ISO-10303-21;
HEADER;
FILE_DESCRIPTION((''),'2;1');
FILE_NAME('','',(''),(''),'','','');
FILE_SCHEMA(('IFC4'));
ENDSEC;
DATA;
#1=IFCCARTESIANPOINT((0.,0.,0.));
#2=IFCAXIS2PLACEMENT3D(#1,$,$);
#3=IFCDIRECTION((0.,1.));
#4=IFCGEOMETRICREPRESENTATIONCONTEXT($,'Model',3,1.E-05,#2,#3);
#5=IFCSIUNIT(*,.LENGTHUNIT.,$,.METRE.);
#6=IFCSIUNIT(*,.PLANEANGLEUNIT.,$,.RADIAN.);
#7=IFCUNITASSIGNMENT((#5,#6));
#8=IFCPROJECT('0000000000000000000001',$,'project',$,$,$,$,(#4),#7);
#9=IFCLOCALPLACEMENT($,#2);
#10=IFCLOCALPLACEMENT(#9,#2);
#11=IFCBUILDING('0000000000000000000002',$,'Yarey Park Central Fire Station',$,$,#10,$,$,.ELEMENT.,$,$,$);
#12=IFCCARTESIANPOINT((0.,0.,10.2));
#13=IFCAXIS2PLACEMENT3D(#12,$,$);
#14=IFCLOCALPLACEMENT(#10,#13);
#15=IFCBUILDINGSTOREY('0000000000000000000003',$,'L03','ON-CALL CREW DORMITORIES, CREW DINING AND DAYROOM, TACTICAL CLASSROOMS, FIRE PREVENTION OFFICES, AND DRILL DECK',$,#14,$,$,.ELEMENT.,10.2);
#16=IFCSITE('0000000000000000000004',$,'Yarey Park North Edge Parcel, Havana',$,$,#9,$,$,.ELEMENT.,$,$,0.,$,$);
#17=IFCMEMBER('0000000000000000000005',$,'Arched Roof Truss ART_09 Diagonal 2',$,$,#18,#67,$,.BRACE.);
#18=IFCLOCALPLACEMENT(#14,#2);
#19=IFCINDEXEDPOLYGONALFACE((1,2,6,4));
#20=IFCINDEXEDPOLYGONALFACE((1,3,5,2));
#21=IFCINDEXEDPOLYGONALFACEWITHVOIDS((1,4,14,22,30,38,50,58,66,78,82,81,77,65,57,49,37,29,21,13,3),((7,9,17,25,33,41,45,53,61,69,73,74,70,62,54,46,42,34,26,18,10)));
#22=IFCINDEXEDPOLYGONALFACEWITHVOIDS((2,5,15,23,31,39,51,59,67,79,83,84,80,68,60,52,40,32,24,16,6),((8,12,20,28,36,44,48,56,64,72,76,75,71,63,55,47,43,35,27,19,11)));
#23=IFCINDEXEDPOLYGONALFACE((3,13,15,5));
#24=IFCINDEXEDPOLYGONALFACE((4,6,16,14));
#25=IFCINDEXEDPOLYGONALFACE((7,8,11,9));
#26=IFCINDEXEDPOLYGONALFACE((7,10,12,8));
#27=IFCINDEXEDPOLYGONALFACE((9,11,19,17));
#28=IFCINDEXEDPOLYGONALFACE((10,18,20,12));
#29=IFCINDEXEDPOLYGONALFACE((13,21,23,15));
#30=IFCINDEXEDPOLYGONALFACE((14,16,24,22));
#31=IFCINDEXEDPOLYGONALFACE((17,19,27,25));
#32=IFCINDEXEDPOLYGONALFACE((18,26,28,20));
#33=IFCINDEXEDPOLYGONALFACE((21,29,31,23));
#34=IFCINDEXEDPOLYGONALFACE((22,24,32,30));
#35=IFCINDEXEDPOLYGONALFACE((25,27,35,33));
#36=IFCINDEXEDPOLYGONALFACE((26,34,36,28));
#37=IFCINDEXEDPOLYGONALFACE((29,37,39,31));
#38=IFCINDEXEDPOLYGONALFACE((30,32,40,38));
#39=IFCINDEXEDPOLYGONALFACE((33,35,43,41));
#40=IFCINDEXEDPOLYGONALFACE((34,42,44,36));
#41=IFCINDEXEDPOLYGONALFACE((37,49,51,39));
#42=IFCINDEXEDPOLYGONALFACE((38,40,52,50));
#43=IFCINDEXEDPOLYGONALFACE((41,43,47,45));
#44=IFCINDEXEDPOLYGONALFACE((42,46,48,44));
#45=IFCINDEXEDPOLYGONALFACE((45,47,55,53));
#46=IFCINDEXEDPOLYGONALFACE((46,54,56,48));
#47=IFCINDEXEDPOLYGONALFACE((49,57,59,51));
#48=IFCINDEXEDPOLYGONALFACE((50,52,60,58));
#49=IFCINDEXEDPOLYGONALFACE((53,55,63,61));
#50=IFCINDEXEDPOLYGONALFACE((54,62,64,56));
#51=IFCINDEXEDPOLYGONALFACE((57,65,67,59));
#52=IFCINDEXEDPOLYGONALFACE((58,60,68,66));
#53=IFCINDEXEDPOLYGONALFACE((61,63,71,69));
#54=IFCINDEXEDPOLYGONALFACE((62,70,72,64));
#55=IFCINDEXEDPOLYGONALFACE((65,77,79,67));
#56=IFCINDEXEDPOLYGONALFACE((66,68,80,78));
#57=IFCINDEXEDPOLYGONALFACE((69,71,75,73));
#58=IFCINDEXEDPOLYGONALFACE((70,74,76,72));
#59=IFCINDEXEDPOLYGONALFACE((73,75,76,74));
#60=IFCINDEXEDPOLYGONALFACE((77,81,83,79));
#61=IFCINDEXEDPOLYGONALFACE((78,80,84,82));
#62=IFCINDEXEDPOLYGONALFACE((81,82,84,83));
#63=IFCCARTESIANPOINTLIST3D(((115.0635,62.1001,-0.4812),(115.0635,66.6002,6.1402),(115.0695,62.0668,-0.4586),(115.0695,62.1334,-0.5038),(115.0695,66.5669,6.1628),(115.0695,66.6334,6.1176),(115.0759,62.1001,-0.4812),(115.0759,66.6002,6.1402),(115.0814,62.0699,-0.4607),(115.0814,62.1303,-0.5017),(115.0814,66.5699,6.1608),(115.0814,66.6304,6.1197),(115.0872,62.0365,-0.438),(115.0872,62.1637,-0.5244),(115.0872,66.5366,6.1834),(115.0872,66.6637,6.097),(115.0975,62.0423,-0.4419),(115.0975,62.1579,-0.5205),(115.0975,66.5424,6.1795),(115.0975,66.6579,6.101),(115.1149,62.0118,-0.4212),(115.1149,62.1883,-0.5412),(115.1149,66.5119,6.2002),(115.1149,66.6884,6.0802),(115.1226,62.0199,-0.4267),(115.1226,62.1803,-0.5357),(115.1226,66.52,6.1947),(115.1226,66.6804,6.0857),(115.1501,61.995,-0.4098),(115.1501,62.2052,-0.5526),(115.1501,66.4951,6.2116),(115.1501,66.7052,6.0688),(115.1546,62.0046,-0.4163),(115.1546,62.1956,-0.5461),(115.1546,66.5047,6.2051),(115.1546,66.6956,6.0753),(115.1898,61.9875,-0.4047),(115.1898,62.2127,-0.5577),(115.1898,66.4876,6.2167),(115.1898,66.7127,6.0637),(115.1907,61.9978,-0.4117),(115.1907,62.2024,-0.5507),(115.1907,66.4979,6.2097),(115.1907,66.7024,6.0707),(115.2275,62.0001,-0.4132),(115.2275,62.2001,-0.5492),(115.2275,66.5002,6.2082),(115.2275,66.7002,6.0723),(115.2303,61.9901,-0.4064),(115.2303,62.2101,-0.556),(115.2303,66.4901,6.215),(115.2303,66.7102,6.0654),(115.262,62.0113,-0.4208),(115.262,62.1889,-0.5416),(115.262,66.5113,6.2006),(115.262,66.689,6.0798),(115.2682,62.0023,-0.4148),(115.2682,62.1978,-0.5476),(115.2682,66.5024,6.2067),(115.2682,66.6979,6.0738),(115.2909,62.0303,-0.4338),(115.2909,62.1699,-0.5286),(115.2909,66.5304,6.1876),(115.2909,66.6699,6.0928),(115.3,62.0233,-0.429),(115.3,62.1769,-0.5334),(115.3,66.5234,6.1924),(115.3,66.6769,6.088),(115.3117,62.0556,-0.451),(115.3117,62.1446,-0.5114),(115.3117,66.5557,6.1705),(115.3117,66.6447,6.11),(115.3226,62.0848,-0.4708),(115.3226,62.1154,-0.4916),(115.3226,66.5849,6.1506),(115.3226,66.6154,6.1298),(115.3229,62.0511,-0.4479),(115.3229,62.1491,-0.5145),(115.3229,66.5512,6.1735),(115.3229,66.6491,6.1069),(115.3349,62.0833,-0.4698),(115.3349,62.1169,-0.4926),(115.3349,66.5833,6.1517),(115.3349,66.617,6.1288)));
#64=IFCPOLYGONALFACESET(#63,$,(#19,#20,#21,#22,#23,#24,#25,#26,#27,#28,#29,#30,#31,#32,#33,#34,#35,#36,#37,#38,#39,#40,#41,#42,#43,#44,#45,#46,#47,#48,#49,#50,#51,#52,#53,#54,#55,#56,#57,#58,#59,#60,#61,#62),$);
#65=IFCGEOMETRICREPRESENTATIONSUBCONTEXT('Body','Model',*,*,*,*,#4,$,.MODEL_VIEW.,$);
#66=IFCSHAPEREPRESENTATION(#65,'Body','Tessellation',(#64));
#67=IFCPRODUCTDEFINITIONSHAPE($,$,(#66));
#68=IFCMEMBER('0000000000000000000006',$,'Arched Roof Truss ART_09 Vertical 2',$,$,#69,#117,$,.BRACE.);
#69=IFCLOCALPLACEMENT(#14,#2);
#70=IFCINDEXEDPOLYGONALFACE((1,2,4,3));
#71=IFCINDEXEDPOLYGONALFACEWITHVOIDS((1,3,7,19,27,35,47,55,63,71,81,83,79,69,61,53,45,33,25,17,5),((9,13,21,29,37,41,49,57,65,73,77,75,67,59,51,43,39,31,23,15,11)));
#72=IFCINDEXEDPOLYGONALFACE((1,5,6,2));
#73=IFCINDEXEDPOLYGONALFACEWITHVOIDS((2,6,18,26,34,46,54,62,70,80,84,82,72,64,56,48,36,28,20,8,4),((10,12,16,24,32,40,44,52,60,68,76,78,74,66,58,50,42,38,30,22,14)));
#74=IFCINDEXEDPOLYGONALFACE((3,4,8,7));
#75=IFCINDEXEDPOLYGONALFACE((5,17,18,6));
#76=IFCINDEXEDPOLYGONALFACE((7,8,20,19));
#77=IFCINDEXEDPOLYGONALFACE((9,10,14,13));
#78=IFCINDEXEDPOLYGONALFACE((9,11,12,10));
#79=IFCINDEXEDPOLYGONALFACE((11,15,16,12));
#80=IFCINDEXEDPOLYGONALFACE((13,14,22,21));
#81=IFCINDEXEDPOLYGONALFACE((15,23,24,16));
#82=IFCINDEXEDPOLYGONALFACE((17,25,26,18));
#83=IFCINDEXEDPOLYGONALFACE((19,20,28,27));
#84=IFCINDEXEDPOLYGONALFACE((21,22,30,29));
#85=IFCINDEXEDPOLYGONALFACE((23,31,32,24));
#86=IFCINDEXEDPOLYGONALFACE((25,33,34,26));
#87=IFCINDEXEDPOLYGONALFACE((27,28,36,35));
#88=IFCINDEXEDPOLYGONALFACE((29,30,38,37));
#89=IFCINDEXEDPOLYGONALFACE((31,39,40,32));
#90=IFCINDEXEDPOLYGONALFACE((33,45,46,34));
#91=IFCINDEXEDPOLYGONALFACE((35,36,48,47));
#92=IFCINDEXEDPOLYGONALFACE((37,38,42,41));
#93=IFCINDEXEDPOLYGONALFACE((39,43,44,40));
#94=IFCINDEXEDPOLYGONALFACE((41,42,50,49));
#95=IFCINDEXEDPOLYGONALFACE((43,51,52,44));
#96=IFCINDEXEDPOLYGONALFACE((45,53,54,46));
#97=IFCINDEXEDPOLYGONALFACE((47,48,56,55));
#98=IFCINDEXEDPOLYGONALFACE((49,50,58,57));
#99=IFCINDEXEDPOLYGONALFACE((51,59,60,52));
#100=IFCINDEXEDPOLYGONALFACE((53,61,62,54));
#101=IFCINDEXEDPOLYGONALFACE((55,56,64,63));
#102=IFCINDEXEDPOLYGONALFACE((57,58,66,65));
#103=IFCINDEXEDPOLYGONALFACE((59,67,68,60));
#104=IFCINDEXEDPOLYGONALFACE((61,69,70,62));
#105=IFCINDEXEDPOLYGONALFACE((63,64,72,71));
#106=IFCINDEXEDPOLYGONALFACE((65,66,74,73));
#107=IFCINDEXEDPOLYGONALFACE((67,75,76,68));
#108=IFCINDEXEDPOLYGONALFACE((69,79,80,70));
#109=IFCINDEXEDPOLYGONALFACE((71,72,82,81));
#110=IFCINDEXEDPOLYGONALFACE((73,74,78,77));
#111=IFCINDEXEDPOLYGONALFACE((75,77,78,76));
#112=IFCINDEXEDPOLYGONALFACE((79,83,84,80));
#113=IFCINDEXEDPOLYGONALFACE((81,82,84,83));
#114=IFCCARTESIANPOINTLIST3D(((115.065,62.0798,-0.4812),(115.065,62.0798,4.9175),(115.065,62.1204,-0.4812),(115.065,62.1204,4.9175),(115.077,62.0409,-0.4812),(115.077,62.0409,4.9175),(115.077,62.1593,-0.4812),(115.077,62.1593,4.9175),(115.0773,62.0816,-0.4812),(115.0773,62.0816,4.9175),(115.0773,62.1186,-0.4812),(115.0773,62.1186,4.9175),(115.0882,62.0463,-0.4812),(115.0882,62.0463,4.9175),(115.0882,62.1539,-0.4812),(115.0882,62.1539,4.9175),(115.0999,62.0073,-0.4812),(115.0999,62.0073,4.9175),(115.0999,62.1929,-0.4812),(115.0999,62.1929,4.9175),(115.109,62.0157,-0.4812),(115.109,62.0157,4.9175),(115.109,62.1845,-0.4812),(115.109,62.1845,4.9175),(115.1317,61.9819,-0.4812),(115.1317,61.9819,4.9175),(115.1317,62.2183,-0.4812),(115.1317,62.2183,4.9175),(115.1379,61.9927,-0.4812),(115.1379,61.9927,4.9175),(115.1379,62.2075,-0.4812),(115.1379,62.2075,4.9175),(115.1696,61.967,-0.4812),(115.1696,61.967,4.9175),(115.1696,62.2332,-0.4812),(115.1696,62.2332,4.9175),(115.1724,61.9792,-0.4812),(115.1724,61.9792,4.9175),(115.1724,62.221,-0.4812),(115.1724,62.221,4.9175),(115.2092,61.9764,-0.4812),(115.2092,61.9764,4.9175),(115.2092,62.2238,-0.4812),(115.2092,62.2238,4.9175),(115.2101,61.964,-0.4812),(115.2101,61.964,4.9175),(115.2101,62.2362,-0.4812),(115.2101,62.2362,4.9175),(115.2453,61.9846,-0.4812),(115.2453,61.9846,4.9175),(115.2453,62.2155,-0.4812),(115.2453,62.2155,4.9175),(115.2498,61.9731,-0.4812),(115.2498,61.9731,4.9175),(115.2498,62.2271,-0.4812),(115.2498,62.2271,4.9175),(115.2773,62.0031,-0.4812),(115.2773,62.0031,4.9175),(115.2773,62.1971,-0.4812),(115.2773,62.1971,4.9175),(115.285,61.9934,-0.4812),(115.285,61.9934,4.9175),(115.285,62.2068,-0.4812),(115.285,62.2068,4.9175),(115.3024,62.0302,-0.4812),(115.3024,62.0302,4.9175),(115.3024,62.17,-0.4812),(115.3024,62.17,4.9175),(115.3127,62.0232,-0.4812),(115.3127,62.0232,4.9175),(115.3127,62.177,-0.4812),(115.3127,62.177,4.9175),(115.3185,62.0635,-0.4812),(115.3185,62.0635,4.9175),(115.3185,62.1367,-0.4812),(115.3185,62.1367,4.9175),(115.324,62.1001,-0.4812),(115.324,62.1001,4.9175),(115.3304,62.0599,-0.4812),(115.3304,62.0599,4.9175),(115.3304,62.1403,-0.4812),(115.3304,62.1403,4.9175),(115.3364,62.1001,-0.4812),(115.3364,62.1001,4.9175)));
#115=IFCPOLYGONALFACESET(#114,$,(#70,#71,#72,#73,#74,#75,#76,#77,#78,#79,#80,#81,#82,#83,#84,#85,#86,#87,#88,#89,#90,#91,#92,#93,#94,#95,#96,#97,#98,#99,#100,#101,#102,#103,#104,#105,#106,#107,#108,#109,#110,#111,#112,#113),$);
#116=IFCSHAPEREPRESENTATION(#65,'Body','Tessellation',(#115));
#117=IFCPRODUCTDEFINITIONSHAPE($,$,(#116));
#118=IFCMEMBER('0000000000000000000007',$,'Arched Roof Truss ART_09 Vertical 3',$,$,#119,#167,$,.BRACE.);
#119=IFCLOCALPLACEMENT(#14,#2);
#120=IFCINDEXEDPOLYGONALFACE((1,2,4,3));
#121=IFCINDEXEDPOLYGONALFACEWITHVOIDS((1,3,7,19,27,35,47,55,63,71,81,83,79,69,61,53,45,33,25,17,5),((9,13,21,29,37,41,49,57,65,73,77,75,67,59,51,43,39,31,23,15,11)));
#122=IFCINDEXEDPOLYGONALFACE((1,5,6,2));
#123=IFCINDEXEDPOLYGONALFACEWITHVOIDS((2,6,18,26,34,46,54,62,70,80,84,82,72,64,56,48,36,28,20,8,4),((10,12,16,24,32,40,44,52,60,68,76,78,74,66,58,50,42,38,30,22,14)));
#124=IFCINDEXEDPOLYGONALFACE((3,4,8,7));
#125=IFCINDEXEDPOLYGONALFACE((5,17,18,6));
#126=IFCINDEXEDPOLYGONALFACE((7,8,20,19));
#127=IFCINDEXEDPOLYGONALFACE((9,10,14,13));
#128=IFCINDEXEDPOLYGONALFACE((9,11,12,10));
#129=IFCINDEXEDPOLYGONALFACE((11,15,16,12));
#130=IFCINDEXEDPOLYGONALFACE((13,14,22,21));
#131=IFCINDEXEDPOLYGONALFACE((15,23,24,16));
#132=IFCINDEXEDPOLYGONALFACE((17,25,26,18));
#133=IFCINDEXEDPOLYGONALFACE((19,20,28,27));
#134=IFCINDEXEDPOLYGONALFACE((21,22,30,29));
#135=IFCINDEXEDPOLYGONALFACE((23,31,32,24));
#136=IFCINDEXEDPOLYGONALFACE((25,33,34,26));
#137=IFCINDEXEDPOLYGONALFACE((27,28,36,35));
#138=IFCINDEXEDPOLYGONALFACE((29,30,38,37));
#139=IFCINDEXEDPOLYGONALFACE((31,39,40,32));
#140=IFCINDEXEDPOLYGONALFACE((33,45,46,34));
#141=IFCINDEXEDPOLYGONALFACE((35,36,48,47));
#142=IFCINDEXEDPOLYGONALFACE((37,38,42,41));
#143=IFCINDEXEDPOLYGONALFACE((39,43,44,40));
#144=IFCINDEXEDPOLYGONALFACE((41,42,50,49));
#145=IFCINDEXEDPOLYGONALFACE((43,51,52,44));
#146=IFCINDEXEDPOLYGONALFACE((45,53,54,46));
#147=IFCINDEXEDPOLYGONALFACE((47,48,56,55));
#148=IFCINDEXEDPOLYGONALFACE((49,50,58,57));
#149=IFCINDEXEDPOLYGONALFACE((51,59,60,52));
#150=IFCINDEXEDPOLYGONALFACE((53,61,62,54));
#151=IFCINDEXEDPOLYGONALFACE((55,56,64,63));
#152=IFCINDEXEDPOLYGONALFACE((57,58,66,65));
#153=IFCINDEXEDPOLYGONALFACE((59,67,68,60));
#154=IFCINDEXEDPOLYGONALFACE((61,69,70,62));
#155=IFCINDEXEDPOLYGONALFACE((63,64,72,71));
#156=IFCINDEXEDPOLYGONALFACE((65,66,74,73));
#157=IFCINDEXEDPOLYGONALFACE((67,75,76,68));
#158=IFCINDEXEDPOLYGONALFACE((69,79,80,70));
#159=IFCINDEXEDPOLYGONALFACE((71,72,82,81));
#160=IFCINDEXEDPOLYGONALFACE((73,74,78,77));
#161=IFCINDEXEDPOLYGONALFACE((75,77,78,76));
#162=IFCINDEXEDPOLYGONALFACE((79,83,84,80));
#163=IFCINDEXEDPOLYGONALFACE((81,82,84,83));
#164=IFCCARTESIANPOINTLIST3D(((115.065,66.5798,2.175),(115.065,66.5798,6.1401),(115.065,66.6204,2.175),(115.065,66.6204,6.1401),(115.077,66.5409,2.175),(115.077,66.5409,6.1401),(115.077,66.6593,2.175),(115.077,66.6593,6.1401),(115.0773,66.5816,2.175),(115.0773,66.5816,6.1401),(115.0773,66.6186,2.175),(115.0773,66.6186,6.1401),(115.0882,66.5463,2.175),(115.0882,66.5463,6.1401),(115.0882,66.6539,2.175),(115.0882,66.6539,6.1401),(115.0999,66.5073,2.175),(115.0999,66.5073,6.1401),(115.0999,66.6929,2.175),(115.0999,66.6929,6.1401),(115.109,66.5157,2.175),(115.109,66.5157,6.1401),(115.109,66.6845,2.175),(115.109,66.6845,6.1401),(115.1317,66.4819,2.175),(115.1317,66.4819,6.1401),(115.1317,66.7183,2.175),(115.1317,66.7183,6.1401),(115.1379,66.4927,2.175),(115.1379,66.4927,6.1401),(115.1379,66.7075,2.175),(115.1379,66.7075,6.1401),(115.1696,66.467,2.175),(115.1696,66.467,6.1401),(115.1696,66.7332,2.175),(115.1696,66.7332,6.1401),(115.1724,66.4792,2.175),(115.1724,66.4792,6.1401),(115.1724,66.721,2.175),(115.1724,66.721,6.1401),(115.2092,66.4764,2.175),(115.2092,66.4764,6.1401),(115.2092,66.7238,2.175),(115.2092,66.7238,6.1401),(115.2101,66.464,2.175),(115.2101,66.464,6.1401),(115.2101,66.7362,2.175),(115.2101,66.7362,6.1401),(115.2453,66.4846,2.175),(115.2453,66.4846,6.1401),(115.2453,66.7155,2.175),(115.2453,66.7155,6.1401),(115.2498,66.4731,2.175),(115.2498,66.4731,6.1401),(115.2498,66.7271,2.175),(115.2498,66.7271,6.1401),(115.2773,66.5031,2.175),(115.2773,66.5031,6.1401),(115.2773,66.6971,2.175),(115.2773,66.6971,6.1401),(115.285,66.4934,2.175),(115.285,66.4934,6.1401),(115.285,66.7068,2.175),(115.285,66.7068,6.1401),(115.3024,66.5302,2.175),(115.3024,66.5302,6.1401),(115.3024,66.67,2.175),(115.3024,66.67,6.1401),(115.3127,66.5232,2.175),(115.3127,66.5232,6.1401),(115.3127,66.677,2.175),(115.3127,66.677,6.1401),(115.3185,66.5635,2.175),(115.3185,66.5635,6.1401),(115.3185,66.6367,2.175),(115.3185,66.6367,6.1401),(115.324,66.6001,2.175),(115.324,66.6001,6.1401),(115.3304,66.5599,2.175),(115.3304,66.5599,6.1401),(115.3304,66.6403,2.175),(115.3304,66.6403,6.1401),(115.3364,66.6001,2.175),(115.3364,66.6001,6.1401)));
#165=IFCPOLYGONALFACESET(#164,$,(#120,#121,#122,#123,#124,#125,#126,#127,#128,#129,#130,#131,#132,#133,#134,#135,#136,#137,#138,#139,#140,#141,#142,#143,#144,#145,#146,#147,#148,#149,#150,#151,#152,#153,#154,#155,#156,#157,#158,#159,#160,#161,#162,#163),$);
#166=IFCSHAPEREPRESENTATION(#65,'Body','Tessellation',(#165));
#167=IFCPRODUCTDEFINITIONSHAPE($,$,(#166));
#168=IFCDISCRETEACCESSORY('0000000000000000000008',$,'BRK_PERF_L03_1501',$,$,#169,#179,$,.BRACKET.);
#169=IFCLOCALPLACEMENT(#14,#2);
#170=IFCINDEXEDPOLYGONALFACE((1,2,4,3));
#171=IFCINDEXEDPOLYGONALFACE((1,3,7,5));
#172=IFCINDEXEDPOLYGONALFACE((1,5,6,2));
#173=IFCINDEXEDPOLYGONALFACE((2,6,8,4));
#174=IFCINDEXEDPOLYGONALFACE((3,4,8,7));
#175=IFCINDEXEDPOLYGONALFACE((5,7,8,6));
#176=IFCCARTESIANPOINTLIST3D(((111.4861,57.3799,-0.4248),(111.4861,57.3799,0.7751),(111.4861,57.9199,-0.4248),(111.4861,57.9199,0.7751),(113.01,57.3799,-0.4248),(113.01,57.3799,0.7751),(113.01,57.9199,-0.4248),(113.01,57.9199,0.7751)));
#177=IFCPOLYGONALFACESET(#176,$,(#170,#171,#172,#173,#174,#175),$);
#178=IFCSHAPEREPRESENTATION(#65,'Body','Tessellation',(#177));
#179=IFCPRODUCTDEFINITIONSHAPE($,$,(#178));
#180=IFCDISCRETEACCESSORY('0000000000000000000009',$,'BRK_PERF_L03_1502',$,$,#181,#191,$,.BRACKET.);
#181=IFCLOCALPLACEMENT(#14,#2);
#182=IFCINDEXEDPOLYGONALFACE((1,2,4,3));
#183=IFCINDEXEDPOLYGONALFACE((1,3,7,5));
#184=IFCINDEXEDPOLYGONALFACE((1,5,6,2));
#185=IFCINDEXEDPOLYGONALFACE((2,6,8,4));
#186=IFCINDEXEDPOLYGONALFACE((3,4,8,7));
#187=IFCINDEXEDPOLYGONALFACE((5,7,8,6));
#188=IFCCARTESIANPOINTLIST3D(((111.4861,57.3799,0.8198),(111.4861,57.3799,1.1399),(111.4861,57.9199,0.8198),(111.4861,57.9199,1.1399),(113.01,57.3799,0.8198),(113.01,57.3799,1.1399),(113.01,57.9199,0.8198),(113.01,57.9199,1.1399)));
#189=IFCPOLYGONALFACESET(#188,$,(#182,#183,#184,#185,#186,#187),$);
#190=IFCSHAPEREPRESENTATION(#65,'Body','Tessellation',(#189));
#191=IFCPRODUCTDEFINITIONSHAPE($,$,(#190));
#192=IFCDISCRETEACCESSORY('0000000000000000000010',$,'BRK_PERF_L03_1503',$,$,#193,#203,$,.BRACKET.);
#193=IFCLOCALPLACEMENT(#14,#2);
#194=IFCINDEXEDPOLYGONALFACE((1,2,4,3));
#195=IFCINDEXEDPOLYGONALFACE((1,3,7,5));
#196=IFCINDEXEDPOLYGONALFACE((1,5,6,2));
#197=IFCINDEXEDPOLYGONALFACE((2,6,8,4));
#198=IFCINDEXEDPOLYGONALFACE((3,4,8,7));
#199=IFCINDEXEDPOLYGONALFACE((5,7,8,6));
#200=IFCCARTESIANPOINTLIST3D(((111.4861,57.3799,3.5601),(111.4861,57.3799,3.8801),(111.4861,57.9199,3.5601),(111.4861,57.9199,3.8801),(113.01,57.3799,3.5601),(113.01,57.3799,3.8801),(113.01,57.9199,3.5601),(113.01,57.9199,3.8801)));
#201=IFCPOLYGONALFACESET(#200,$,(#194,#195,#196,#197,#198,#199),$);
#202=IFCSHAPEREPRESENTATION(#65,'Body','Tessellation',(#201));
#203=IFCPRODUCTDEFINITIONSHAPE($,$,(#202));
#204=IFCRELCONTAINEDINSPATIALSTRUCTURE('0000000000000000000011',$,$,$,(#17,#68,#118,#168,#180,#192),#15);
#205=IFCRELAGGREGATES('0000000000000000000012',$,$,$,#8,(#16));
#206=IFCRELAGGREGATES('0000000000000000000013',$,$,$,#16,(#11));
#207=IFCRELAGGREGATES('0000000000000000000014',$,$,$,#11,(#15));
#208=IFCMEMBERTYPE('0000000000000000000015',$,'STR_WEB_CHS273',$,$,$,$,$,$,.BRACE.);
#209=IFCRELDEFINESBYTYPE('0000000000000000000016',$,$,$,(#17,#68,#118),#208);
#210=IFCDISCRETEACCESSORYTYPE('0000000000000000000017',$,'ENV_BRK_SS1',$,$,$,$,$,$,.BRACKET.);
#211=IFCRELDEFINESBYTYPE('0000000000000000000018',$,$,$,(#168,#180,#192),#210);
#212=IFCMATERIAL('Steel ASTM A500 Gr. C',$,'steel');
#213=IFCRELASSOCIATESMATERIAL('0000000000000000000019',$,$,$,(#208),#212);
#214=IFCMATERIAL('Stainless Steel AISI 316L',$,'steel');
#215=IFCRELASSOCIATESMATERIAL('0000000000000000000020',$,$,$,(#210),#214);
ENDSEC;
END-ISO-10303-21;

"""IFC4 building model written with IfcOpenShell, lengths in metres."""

from ifc_helpers import new_model, si_unit, direction, frame, origin, origin_2d, place, context, subcontext, project, spatial, rectangle, hollow_circle, extrude, material, material_profile, profile_set, type_object, element, save


model = new_model("IFC4")

# Units and contexts
model_context = context("Model", 3, precision=1e-05, world=origin(), true_north=direction((0.0, 1.0)))
body_context = subcontext(model_context, "Body", "Model", "MODEL_VIEW")
ifc_project = project(units=[si_unit("LENGTHUNIT", "METRE"), si_unit("PLANEANGLEUNIT", "RADIAN")], contexts=[model_context])

# Site, building, storey
site_placement = place(None, origin())
site = spatial("IfcSite", under=ifc_project, at=site_placement, Name="Yarey Park North Edge Parcel, Havana", CompositionType="ELEMENT", RefElevation=0.0)
building_placement = place(site_placement, origin())
building = spatial("IfcBuilding", under=site, at=building_placement, Name="Yarey Park Central Fire Station", CompositionType="ELEMENT")
storey_placement = place(building_placement, frame((0.0, 0.0, 10.2)))
storey = spatial("IfcBuildingStorey", under=building, at=storey_placement, Name="L03", Description="ON-CALL CREW DORMITORIES, CREW DINING AND DAYROOM, TACTICAL CLASSROOMS, FIRE PREVENTION OFFICES, AND DRILL DECK", CompositionType="ELEMENT", Elevation=10.2)

# Members
ifc_material_1 = material(Name="Steel ASTM A500 Gr. C", Category="steel")
ifc_material_profile_1 = material_profile(ifc_material_1, hollow_circle(Radius=0.1365, WallThickness=0.0125, at=origin_2d()), Name="CHS 273x12.5")
ifc_profile_set_1 = profile_set([ifc_material_profile_1], Name="Steel ASTM A500 Gr. C")
member_type_1 = type_object("IfcMemberType", Name="STR_WEB_CHS273", PredefinedType="BRACE", material=ifc_profile_set_1)
member_1_placement = place(storey_placement, frame((115.2, 62.1001, -0.4812), z_axis=(0.0, 0.562096, 0.827072), x_axis=(-1.0, 0.0, 0.0)))
element("IfcMember", 1, at=member_1_placement, inside=storey, type_object=member_type_1, Name="Arched Roof Truss ART_09 Diagonal 2", PredefinedType="BRACE", context=body_context, shape_type="SweptSolid", body=[
    extrude(hollow_circle(Radius=0.1365, WallThickness=0.0125, at=origin_2d()), origin(), (0.0, 0.0, 1.0), 8.0059),
])
member_2_placement = place(storey_placement, frame((115.2, 62.1001, -0.4812), z_axis=(0.0, 0.0, 1.0), x_axis=(1.0, 0.0, 0.0)))
element("IfcMember", 2, at=member_2_placement, inside=storey, type_object=member_type_1, Name="Arched Roof Truss ART_09 Vertical 2", PredefinedType="BRACE", context=body_context, shape_type="SweptSolid", body=[
    extrude(hollow_circle(Radius=0.1365, WallThickness=0.0125, at=origin_2d()), origin(), (0.0, 0.0, 1.0), 5.3987),
])
member_3_placement = place(storey_placement, frame((115.2, 66.6001, 2.175), z_axis=(0.0, 0.0, 1.0), x_axis=(1.0, 0.0, 0.0)))
element("IfcMember", 3, at=member_3_placement, inside=storey, type_object=member_type_1, Name="Arched Roof Truss ART_09 Vertical 3", PredefinedType="BRACE", context=body_context, shape_type="SweptSolid", body=[
    extrude(hollow_circle(Radius=0.1365, WallThickness=0.0125, at=origin_2d()), origin(), (0.0, 0.0, 1.0), 3.9651),
])

# Discrete accessories
ifc_material_2 = material(Name="Stainless Steel AISI 316L", Category="steel")
discrete_accessory_type = type_object("IfcDiscreteAccessoryType", Name="ENV_BRK_SS1", PredefinedType="BRACKET", material=ifc_material_2)
discrete_accessory_1_placement = place(storey_placement, frame((112.248, 57.6499, -0.4248), z_axis=(0.0, 0.0, 1.0), x_axis=(1.0, 0.0, 0.0)))
element("IfcDiscreteAccessory", 4, at=discrete_accessory_1_placement, inside=storey, type_object=discrete_accessory_type, Name="BRK_PERF_L03_1501", PredefinedType="BRACKET", context=body_context, shape_type="SweptSolid", body=[
    extrude(rectangle(XDim=1.5239, YDim=0.54, at=origin_2d()), origin(), (0.0, 0.0, 1.0), 1.2),
])
for number, where, z_axis, x_axis, name in (
    (5, (112.248, 57.6499, 0.8198), (0.0, 0.0, 1.0), (1.0, 0.0, 0.0), "BRK_PERF_L03_1502"),
    (6, (112.248, 57.6499, 3.5601), (0.0, 0.0, 1.0), (1.0, 0.0, 0.0), "BRK_PERF_L03_1503"),
):
    element("IfcDiscreteAccessory", number, at=place(storey_placement, frame(where, z_axis=z_axis, x_axis=x_axis)), inside=storey, type_object=discrete_accessory_type, Name=name, PredefinedType="BRACKET", context=body_context, shape_type="SweptSolid", body=[
        extrude(rectangle(XDim=1.5239, YDim=0.54, at=origin_2d()), origin(), (0.0, 0.0, 1.0), 0.3201),
    ])

save(model, "model.ifc")
